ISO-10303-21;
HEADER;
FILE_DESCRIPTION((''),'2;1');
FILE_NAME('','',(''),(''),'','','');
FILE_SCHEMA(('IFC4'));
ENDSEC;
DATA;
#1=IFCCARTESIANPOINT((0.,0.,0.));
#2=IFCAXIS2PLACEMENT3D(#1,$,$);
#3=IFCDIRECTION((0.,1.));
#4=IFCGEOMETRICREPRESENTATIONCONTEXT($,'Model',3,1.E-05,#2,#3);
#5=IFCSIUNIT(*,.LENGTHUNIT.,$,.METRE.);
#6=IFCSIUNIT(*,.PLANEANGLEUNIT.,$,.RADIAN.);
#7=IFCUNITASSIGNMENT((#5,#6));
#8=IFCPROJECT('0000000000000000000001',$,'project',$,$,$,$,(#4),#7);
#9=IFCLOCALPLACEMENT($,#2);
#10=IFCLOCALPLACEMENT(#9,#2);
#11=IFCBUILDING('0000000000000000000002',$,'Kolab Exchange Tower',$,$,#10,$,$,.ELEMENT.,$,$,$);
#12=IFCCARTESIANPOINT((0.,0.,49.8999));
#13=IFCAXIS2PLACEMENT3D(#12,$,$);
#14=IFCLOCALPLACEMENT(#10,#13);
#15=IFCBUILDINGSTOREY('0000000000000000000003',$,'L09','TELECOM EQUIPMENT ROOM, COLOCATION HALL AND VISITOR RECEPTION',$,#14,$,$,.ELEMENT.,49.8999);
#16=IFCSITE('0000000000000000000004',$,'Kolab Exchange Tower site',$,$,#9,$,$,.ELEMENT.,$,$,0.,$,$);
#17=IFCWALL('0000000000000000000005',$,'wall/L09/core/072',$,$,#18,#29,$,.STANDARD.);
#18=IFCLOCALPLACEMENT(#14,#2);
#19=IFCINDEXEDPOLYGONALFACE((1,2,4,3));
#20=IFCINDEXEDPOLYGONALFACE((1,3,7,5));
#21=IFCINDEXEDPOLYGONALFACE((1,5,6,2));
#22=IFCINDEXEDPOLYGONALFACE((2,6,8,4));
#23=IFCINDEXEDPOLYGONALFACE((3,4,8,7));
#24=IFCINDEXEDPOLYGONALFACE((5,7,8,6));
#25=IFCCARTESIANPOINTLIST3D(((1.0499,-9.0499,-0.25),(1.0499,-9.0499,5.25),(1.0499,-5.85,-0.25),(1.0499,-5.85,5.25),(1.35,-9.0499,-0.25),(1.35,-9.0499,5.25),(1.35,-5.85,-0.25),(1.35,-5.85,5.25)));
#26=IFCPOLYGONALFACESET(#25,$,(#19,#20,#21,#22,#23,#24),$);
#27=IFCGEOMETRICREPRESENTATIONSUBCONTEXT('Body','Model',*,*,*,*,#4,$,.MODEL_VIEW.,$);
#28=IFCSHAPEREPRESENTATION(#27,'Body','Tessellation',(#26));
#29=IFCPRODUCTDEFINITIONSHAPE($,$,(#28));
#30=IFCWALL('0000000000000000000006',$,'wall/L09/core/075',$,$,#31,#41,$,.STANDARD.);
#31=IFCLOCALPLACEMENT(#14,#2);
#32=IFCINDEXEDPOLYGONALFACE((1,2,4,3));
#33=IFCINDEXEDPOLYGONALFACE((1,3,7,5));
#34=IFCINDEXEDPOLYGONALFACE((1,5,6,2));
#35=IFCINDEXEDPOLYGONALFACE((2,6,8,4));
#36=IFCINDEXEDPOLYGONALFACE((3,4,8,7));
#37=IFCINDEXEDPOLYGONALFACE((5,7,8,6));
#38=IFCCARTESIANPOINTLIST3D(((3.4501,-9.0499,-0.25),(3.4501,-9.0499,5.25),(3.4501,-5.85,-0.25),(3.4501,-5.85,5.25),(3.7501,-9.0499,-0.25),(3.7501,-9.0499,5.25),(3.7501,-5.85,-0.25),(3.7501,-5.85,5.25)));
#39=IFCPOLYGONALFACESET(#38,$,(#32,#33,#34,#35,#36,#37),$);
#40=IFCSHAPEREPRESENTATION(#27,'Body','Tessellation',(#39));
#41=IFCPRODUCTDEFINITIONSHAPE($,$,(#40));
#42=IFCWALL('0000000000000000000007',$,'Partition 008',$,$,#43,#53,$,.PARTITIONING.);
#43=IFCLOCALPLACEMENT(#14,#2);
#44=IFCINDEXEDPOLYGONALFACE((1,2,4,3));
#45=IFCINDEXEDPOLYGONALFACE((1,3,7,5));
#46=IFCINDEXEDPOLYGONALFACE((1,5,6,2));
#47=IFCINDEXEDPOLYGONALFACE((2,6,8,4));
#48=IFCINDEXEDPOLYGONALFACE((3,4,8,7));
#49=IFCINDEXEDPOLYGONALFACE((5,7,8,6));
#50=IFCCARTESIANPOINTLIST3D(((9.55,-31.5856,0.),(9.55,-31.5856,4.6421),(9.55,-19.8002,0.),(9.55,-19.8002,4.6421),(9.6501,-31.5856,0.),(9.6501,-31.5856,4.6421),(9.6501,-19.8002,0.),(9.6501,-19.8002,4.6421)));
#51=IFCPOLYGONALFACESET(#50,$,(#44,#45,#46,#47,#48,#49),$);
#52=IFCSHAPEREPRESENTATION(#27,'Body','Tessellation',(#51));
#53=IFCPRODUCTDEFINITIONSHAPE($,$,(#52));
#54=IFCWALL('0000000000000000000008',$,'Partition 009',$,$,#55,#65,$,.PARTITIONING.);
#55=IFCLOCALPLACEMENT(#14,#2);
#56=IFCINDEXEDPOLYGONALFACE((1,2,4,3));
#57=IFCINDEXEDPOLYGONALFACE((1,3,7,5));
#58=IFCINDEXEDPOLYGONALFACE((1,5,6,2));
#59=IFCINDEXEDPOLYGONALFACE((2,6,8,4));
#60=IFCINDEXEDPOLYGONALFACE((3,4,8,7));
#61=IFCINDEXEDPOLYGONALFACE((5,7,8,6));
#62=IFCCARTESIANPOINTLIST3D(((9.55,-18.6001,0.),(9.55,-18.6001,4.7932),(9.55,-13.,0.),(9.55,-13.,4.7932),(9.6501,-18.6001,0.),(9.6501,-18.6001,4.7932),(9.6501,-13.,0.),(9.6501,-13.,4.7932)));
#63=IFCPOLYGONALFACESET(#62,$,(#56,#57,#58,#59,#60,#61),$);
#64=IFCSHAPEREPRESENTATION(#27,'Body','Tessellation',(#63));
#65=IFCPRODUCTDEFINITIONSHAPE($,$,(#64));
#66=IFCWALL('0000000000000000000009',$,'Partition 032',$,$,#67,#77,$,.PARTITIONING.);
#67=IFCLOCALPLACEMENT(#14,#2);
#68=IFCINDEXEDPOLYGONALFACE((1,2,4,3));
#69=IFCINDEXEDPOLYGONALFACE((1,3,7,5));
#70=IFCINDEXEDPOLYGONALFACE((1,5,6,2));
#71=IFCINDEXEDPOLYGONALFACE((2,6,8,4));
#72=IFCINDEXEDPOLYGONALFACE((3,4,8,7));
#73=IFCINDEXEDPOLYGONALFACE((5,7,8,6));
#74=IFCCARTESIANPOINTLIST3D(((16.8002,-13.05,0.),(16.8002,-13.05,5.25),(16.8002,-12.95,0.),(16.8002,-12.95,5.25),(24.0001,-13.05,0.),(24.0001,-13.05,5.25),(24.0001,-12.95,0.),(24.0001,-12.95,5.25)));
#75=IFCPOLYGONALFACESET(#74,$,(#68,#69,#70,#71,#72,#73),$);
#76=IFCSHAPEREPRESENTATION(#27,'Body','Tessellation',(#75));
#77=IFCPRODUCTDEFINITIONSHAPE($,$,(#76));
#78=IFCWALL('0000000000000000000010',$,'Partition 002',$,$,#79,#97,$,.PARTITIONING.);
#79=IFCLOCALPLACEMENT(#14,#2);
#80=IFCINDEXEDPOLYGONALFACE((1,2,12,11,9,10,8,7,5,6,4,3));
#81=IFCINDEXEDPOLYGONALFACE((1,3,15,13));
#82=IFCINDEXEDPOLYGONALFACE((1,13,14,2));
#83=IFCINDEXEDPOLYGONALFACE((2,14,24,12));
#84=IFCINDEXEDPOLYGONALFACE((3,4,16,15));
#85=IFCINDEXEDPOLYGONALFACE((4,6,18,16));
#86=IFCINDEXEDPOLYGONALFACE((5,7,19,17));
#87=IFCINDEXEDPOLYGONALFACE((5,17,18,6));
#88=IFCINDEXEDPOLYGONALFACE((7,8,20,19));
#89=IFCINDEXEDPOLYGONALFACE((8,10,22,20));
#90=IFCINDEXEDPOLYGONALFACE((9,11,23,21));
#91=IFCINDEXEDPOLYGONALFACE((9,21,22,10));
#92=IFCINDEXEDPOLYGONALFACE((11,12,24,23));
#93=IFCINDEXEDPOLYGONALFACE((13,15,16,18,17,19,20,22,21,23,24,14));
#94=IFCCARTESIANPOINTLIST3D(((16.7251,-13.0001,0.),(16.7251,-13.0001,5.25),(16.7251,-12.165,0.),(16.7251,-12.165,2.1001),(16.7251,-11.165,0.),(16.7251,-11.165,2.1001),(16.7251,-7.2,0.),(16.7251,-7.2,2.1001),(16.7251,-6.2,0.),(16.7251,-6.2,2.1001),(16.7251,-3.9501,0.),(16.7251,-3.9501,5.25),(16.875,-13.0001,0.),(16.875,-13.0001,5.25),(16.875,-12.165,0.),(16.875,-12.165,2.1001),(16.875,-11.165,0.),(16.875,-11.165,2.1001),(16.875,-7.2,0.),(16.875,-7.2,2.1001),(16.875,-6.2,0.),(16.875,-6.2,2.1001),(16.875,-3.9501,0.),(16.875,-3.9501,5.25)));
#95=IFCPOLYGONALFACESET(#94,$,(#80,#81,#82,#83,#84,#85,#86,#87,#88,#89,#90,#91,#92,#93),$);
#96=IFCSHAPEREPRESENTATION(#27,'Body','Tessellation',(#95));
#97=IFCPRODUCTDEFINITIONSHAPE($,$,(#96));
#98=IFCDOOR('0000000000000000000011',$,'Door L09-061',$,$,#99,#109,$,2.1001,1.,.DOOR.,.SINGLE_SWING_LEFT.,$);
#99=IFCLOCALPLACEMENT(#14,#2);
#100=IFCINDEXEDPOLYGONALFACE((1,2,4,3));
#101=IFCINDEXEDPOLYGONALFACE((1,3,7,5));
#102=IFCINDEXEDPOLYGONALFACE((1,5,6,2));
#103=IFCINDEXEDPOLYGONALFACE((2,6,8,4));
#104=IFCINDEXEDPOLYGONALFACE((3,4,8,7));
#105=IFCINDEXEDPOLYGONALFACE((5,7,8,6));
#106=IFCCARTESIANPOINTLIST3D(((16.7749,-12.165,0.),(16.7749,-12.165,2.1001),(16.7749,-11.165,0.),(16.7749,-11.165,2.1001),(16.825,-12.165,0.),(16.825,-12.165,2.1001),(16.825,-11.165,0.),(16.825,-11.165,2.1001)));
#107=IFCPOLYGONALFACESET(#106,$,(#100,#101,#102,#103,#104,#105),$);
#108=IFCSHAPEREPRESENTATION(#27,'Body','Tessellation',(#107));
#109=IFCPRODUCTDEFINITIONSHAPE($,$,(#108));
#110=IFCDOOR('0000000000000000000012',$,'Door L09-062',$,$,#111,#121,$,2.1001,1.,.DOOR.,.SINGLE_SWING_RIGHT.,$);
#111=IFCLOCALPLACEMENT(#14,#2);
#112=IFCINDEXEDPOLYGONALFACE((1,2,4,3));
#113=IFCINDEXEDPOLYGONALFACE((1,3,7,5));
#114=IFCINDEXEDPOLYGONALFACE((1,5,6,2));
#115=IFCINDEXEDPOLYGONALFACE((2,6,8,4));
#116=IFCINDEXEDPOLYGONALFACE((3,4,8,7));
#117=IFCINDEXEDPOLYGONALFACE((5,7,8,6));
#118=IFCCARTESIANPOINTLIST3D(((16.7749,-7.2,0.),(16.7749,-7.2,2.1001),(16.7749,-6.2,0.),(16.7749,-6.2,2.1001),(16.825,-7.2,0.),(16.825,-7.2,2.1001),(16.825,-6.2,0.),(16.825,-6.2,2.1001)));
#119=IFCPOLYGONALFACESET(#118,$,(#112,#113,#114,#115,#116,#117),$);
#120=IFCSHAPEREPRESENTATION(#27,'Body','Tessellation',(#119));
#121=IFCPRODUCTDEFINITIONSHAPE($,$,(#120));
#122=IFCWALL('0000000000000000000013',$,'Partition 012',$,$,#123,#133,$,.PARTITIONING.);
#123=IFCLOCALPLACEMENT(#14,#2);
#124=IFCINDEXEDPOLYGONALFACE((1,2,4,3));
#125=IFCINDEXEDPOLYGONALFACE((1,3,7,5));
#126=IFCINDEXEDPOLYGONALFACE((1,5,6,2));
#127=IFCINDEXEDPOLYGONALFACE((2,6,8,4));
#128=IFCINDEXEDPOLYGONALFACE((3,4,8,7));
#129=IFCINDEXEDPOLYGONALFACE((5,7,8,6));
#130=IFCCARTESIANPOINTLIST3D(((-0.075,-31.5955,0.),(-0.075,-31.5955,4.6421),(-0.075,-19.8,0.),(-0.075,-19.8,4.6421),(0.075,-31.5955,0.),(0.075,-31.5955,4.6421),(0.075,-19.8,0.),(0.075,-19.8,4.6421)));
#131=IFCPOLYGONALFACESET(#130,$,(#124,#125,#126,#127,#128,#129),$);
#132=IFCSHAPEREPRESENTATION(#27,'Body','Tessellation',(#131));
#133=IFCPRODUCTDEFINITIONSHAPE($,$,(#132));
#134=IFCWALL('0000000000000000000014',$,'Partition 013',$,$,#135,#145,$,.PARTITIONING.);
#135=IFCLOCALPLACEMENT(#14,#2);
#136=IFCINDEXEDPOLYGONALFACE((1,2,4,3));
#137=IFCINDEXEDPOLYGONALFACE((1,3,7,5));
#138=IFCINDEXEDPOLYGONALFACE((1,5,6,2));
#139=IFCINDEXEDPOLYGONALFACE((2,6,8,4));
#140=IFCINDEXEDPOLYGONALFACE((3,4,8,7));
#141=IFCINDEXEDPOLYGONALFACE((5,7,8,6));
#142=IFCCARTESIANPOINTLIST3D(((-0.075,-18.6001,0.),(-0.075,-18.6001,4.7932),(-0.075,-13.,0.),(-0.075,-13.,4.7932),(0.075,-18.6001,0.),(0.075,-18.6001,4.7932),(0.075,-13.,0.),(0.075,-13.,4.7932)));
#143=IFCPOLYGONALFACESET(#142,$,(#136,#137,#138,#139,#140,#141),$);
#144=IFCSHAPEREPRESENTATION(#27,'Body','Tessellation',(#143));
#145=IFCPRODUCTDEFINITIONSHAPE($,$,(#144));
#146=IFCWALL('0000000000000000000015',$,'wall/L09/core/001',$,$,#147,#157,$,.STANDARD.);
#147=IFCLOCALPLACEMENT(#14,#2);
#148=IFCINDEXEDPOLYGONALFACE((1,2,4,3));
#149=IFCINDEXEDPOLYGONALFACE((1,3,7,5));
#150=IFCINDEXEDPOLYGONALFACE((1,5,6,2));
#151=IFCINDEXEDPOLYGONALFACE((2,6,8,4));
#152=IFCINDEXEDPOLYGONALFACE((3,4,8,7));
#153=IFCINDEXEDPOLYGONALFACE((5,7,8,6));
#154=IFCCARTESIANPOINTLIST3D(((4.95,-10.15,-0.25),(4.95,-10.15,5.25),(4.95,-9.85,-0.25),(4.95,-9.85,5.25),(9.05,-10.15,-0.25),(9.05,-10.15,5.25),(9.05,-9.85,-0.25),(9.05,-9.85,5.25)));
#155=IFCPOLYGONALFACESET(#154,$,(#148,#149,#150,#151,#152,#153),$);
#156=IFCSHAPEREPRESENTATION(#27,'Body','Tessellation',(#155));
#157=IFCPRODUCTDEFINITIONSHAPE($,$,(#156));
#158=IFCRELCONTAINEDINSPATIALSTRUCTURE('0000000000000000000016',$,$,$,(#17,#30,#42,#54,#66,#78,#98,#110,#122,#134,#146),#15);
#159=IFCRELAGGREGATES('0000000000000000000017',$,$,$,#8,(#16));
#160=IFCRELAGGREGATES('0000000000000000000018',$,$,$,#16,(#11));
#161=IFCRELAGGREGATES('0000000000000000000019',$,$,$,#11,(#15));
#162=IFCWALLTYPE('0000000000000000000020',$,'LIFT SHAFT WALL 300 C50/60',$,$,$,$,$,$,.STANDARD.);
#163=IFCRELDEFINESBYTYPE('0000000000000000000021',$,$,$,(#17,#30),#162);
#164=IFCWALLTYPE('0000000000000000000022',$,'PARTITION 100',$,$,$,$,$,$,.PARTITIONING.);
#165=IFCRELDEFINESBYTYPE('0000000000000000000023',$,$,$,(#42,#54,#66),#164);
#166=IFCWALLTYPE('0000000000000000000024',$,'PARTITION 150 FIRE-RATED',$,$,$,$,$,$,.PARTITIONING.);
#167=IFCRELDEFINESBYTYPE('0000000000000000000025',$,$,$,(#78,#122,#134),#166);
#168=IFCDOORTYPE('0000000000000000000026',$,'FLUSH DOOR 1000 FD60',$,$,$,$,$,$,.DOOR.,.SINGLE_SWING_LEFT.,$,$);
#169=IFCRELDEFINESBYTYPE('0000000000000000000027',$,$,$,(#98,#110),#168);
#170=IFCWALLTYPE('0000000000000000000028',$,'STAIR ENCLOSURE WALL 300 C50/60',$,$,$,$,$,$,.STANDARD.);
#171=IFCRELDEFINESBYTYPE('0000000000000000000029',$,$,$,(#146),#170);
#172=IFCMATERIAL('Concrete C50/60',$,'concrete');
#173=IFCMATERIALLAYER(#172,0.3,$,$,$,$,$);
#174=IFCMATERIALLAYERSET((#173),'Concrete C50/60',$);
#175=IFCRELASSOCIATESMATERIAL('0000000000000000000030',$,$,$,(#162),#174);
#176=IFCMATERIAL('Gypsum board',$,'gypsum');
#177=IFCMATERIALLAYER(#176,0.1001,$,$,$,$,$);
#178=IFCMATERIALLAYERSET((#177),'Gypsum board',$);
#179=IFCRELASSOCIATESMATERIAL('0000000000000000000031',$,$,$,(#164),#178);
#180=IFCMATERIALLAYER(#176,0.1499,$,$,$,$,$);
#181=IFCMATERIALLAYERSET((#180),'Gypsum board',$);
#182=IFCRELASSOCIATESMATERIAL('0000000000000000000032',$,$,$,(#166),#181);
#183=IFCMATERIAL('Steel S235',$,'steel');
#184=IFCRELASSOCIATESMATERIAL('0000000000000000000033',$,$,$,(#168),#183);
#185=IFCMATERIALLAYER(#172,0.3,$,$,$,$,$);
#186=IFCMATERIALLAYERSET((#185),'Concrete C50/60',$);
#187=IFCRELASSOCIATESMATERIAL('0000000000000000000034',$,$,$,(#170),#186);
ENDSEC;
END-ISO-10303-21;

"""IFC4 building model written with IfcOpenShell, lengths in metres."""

from ifc_helpers import new_model, si_unit, direction, frame, frame_2d, origin, place, context, subcontext, project, spatial, rectangle, extrude, material, layer, layer_set, type_object, element, fill, save


model = new_model("IFC4")

# Units and contexts
model_context = context("Model", 3, precision=1e-05, world=origin(), true_north=direction((0.0, 1.0)))
body_context = subcontext(model_context, "Body", "Model", "MODEL_VIEW")
ifc_project = project(units=[si_unit("LENGTHUNIT", "METRE"), si_unit("PLANEANGLEUNIT", "RADIAN")], contexts=[model_context])

# Site, building, storey
site_placement = place(None, origin())
site = spatial("IfcSite", under=ifc_project, at=site_placement, Name="Kolab Exchange Tower site", CompositionType="ELEMENT", RefElevation=0.0)
building_placement = place(site_placement, origin())
building = spatial("IfcBuilding", under=site, at=building_placement, Name="Kolab Exchange Tower", CompositionType="ELEMENT")
storey_placement = place(building_placement, frame((0.0, 0.0, 49.8999)))
storey = spatial("IfcBuildingStorey", under=building, at=storey_placement, Name="L09", Description="TELECOM EQUIPMENT ROOM, COLOCATION HALL AND VISITOR RECEPTION", CompositionType="ELEMENT", Elevation=49.8999)

# Shared definitions
ifc_material_1 = material(Name="Steel S235", Category="steel")

# Walls
ifc_material_2 = material(Name="Concrete C50/60", Category="concrete")
ifc_layer_1 = layer(ifc_material_2, 0.3)
ifc_layer_set_1 = layer_set([ifc_layer_1], Name="Concrete C50/60")
wall_type_1 = type_object("IfcWallType", Name="LIFT SHAFT WALL 300 C50/60", PredefinedType="STANDARD", material=ifc_layer_set_1)
for number, where, z_axis, x_axis, name in (
    (1, (1.2, -9.05, -0.25), (0.0, 0.0, 1.0), (0.0, 1.0, 0.0), "wall/L09/core/072"),
    (2, (3.6001, -9.05, -0.25), (0.0, 0.0, 1.0), (0.0, 1.0, 0.0), "wall/L09/core/075"),
):
    element("IfcWall", number, at=place(storey_placement, frame(where, z_axis=z_axis, x_axis=x_axis)), inside=storey, type_object=wall_type_1, Name=name, PredefinedType="STANDARD", context=body_context, shape_type="SweptSolid", body=[
        extrude(rectangle(XDim=3.2, YDim=0.3, at=frame_2d((1.6001, 0.0))), origin(), (0.0, 0.0, 1.0), 5.5),
    ])
ifc_material_3 = material(Name="Gypsum board", Category="gypsum")
ifc_layer_2 = layer(ifc_material_3, 0.1001)
ifc_layer_set_2 = layer_set([ifc_layer_2], Name="Gypsum board")
wall_type_2 = type_object("IfcWallType", Name="PARTITION 100", PredefinedType="PARTITIONING", material=ifc_layer_set_2)
wall_1_placement = place(storey_placement, frame((9.6001, -31.5854, 0.0), z_axis=(0.0, 0.0, 1.0), x_axis=(0.0, 1.0, 0.0)))
element("IfcWall", 3, at=wall_1_placement, inside=storey, type_object=wall_type_2, Name="Partition 008", PredefinedType="PARTITIONING", context=body_context, shape_type="SweptSolid", body=[
    extrude(rectangle(XDim=11.7854, YDim=0.1001, at=frame_2d((5.8926, 0.0))), origin(), (0.0, 0.0, 1.0), 4.6421),
])
wall_2_placement = place(storey_placement, frame((9.6001, -18.6001, 0.0), z_axis=(0.0, 0.0, 1.0), x_axis=(0.0, 1.0, 0.0)))
element("IfcWall", 4, at=wall_2_placement, inside=storey, type_object=wall_type_2, Name="Partition 009", PredefinedType="PARTITIONING", context=body_context, shape_type="SweptSolid", body=[
    extrude(rectangle(XDim=5.6001, YDim=0.1001, at=frame_2d((2.8, 0.0))), origin(), (0.0, 0.0, 1.0), 4.7932),
])
wall_3_placement = place(storey_placement, frame((16.8, -13.0, 0.0), z_axis=(0.0, 0.0, 1.0), x_axis=(1.0, 0.0, 0.0)))
element("IfcWall", 5, at=wall_3_placement, inside=storey, type_object=wall_type_2, Name="Partition 032", PredefinedType="PARTITIONING", context=body_context, shape_type="SweptSolid", body=[
    extrude(rectangle(XDim=7.2, YDim=0.1001, at=frame_2d((3.6001, 0.0))), origin(), (0.0, 0.0, 1.0), 5.25),
])

# Wall, openings, doors
ifc_layer_3 = layer(ifc_material_3, 0.1499)
ifc_layer_set_3 = layer_set([ifc_layer_3], Name="Gypsum board")
wall_type_3 = type_object("IfcWallType", Name="PARTITION 150 FIRE-RATED", PredefinedType="PARTITIONING", material=ifc_layer_set_3)
wall_4_placement = place(storey_placement, frame((16.8, -13.0, 0.0), z_axis=(0.0, 0.0, 1.0), x_axis=(0.0, 1.0, 0.0)))
wall_4 = element("IfcWall", 6, at=wall_4_placement, inside=storey, type_object=wall_type_3, Name="Partition 002", PredefinedType="PARTITIONING", context=body_context, shape_type="SweptSolid", body=[
    extrude(rectangle(XDim=9.05, YDim=0.1499, at=frame_2d((4.5249, 0.0))), origin(), (0.0, 0.0, 1.0), 5.25),
])
opening_1_placement = place(wall_4_placement, frame((0.835, 0.0, 0.0)))
opening_1 = element("IfcOpeningElement", 7, at=opening_1_placement, cuts=wall_4, PredefinedType="OPENING", context=body_context, shape_type="SweptSolid", body=[
    extrude(rectangle(XDim=1.0, YDim=2.1001, at=frame_2d((0.5, 1.05))), frame((0.0, 0.085, 0.0), z_axis=(0.0, -1.0, 0.0), x_axis=(1.0, 0.0, 0.0)), (0.0, 0.0, 1.0), 0.1699),
])
opening_2_placement = place(wall_4_placement, frame((5.8, 0.0, 0.0)))
opening_2 = element("IfcOpeningElement", 8, at=opening_2_placement, cuts=wall_4, PredefinedType="OPENING", context=body_context, shape_type="SweptSolid", body=[
    extrude(rectangle(XDim=1.0, YDim=2.1001, at=frame_2d((0.5, 1.05))), frame((0.0, 0.085, 0.0), z_axis=(0.0, -1.0, 0.0), x_axis=(1.0, 0.0, 0.0)), (0.0, 0.0, 1.0), 0.1699),
])
door_type_1 = type_object("IfcDoorType", Name="FLUSH DOOR 1000 FD60", OperationType="SINGLE_SWING_LEFT", PredefinedType="DOOR", material=ifc_material_1)
door_1_placement = place(opening_1_placement, frame((1.0, 0.0, 0.0), z_axis=(0.0, 0.0, 1.0), x_axis=(-1.0, 0.0, 0.0)))
door_1 = element("IfcDoor", 9, at=door_1_placement, inside=storey, type_object=door_type_1, Name="Door L09-061", OperationType="SINGLE_SWING_LEFT", OverallHeight=2.1001, OverallWidth=1.0, PredefinedType="DOOR", context=body_context, shape_type="SweptSolid", body=[
    extrude(rectangle(XDim=1.0, YDim=2.1001, at=frame_2d((0.5, 1.05))), frame((0.0, 0.0249, 0.0), z_axis=(0.0, -1.0, 0.0), x_axis=(1.0, 0.0, 0.0)), (0.0, 0.0, 1.0), 0.05),
])
fill(opening_1, door_1)
door_2_placement = place(opening_2_placement, frame((1.0, 0.0, 0.0), z_axis=(0.0, 0.0, 1.0), x_axis=(-1.0, 0.0, 0.0)))
door_2 = element("IfcDoor", 10, at=door_2_placement, inside=storey, type_object=door_type_1, Name="Door L09-062", OperationType="SINGLE_SWING_RIGHT", OverallHeight=2.1001, OverallWidth=1.0, PredefinedType="DOOR", context=body_context, shape_type="SweptSolid", body=[
    extrude(rectangle(XDim=1.0, YDim=2.1001, at=frame_2d((0.5, 1.05))), frame((0.0, 0.0249, 0.0), z_axis=(0.0, -1.0, 0.0), x_axis=(1.0, 0.0, 0.0)), (0.0, 0.0, 1.0), 0.05),
])
fill(opening_2, door_2)

# Walls
wall_5_placement = place(storey_placement, frame((0.0, -31.5955, 0.0), z_axis=(0.0, 0.0, 1.0), x_axis=(0.0, 1.0, 0.0)))
element("IfcWall", 11, at=wall_5_placement, inside=storey, type_object=wall_type_3, Name="Partition 012", PredefinedType="PARTITIONING", context=body_context, shape_type="SweptSolid", body=[
    extrude(rectangle(XDim=11.7954, YDim=0.1499, at=frame_2d((5.8977, 0.0))), origin(), (0.0, 0.0, 1.0), 4.6421),
])
wall_6_placement = place(storey_placement, frame((0.0, -18.6001, 0.0), z_axis=(0.0, 0.0, 1.0), x_axis=(0.0, 1.0, 0.0)))
element("IfcWall", 12, at=wall_6_placement, inside=storey, type_object=wall_type_3, Name="Partition 013", PredefinedType="PARTITIONING", context=body_context, shape_type="SweptSolid", body=[
    extrude(rectangle(XDim=5.6001, YDim=0.1499, at=frame_2d((2.8, 0.0))), origin(), (0.0, 0.0, 1.0), 4.7932),
])
ifc_layer_4 = layer(ifc_material_2, 0.3)
ifc_layer_set_4 = layer_set([ifc_layer_4], Name="Concrete C50/60")
wall_type_4 = type_object("IfcWallType", Name="STAIR ENCLOSURE WALL 300 C50/60", PredefinedType="STANDARD", material=ifc_layer_set_4)
wall_7_placement = place(storey_placement, frame((4.95, -10.0, -0.25), z_axis=(0.0, 0.0, 1.0), x_axis=(1.0, 0.0, 0.0)))
element("IfcWall", 13, at=wall_7_placement, inside=storey, type_object=wall_type_4, Name="wall/L09/core/001", PredefinedType="STANDARD", context=body_context, shape_type="SweptSolid", body=[
    extrude(rectangle(XDim=4.1001, YDim=0.3, at=frame_2d((2.05, 0.0))), origin(), (0.0, 0.0, 1.0), 5.5),
])

save(model, "model.ifc")
